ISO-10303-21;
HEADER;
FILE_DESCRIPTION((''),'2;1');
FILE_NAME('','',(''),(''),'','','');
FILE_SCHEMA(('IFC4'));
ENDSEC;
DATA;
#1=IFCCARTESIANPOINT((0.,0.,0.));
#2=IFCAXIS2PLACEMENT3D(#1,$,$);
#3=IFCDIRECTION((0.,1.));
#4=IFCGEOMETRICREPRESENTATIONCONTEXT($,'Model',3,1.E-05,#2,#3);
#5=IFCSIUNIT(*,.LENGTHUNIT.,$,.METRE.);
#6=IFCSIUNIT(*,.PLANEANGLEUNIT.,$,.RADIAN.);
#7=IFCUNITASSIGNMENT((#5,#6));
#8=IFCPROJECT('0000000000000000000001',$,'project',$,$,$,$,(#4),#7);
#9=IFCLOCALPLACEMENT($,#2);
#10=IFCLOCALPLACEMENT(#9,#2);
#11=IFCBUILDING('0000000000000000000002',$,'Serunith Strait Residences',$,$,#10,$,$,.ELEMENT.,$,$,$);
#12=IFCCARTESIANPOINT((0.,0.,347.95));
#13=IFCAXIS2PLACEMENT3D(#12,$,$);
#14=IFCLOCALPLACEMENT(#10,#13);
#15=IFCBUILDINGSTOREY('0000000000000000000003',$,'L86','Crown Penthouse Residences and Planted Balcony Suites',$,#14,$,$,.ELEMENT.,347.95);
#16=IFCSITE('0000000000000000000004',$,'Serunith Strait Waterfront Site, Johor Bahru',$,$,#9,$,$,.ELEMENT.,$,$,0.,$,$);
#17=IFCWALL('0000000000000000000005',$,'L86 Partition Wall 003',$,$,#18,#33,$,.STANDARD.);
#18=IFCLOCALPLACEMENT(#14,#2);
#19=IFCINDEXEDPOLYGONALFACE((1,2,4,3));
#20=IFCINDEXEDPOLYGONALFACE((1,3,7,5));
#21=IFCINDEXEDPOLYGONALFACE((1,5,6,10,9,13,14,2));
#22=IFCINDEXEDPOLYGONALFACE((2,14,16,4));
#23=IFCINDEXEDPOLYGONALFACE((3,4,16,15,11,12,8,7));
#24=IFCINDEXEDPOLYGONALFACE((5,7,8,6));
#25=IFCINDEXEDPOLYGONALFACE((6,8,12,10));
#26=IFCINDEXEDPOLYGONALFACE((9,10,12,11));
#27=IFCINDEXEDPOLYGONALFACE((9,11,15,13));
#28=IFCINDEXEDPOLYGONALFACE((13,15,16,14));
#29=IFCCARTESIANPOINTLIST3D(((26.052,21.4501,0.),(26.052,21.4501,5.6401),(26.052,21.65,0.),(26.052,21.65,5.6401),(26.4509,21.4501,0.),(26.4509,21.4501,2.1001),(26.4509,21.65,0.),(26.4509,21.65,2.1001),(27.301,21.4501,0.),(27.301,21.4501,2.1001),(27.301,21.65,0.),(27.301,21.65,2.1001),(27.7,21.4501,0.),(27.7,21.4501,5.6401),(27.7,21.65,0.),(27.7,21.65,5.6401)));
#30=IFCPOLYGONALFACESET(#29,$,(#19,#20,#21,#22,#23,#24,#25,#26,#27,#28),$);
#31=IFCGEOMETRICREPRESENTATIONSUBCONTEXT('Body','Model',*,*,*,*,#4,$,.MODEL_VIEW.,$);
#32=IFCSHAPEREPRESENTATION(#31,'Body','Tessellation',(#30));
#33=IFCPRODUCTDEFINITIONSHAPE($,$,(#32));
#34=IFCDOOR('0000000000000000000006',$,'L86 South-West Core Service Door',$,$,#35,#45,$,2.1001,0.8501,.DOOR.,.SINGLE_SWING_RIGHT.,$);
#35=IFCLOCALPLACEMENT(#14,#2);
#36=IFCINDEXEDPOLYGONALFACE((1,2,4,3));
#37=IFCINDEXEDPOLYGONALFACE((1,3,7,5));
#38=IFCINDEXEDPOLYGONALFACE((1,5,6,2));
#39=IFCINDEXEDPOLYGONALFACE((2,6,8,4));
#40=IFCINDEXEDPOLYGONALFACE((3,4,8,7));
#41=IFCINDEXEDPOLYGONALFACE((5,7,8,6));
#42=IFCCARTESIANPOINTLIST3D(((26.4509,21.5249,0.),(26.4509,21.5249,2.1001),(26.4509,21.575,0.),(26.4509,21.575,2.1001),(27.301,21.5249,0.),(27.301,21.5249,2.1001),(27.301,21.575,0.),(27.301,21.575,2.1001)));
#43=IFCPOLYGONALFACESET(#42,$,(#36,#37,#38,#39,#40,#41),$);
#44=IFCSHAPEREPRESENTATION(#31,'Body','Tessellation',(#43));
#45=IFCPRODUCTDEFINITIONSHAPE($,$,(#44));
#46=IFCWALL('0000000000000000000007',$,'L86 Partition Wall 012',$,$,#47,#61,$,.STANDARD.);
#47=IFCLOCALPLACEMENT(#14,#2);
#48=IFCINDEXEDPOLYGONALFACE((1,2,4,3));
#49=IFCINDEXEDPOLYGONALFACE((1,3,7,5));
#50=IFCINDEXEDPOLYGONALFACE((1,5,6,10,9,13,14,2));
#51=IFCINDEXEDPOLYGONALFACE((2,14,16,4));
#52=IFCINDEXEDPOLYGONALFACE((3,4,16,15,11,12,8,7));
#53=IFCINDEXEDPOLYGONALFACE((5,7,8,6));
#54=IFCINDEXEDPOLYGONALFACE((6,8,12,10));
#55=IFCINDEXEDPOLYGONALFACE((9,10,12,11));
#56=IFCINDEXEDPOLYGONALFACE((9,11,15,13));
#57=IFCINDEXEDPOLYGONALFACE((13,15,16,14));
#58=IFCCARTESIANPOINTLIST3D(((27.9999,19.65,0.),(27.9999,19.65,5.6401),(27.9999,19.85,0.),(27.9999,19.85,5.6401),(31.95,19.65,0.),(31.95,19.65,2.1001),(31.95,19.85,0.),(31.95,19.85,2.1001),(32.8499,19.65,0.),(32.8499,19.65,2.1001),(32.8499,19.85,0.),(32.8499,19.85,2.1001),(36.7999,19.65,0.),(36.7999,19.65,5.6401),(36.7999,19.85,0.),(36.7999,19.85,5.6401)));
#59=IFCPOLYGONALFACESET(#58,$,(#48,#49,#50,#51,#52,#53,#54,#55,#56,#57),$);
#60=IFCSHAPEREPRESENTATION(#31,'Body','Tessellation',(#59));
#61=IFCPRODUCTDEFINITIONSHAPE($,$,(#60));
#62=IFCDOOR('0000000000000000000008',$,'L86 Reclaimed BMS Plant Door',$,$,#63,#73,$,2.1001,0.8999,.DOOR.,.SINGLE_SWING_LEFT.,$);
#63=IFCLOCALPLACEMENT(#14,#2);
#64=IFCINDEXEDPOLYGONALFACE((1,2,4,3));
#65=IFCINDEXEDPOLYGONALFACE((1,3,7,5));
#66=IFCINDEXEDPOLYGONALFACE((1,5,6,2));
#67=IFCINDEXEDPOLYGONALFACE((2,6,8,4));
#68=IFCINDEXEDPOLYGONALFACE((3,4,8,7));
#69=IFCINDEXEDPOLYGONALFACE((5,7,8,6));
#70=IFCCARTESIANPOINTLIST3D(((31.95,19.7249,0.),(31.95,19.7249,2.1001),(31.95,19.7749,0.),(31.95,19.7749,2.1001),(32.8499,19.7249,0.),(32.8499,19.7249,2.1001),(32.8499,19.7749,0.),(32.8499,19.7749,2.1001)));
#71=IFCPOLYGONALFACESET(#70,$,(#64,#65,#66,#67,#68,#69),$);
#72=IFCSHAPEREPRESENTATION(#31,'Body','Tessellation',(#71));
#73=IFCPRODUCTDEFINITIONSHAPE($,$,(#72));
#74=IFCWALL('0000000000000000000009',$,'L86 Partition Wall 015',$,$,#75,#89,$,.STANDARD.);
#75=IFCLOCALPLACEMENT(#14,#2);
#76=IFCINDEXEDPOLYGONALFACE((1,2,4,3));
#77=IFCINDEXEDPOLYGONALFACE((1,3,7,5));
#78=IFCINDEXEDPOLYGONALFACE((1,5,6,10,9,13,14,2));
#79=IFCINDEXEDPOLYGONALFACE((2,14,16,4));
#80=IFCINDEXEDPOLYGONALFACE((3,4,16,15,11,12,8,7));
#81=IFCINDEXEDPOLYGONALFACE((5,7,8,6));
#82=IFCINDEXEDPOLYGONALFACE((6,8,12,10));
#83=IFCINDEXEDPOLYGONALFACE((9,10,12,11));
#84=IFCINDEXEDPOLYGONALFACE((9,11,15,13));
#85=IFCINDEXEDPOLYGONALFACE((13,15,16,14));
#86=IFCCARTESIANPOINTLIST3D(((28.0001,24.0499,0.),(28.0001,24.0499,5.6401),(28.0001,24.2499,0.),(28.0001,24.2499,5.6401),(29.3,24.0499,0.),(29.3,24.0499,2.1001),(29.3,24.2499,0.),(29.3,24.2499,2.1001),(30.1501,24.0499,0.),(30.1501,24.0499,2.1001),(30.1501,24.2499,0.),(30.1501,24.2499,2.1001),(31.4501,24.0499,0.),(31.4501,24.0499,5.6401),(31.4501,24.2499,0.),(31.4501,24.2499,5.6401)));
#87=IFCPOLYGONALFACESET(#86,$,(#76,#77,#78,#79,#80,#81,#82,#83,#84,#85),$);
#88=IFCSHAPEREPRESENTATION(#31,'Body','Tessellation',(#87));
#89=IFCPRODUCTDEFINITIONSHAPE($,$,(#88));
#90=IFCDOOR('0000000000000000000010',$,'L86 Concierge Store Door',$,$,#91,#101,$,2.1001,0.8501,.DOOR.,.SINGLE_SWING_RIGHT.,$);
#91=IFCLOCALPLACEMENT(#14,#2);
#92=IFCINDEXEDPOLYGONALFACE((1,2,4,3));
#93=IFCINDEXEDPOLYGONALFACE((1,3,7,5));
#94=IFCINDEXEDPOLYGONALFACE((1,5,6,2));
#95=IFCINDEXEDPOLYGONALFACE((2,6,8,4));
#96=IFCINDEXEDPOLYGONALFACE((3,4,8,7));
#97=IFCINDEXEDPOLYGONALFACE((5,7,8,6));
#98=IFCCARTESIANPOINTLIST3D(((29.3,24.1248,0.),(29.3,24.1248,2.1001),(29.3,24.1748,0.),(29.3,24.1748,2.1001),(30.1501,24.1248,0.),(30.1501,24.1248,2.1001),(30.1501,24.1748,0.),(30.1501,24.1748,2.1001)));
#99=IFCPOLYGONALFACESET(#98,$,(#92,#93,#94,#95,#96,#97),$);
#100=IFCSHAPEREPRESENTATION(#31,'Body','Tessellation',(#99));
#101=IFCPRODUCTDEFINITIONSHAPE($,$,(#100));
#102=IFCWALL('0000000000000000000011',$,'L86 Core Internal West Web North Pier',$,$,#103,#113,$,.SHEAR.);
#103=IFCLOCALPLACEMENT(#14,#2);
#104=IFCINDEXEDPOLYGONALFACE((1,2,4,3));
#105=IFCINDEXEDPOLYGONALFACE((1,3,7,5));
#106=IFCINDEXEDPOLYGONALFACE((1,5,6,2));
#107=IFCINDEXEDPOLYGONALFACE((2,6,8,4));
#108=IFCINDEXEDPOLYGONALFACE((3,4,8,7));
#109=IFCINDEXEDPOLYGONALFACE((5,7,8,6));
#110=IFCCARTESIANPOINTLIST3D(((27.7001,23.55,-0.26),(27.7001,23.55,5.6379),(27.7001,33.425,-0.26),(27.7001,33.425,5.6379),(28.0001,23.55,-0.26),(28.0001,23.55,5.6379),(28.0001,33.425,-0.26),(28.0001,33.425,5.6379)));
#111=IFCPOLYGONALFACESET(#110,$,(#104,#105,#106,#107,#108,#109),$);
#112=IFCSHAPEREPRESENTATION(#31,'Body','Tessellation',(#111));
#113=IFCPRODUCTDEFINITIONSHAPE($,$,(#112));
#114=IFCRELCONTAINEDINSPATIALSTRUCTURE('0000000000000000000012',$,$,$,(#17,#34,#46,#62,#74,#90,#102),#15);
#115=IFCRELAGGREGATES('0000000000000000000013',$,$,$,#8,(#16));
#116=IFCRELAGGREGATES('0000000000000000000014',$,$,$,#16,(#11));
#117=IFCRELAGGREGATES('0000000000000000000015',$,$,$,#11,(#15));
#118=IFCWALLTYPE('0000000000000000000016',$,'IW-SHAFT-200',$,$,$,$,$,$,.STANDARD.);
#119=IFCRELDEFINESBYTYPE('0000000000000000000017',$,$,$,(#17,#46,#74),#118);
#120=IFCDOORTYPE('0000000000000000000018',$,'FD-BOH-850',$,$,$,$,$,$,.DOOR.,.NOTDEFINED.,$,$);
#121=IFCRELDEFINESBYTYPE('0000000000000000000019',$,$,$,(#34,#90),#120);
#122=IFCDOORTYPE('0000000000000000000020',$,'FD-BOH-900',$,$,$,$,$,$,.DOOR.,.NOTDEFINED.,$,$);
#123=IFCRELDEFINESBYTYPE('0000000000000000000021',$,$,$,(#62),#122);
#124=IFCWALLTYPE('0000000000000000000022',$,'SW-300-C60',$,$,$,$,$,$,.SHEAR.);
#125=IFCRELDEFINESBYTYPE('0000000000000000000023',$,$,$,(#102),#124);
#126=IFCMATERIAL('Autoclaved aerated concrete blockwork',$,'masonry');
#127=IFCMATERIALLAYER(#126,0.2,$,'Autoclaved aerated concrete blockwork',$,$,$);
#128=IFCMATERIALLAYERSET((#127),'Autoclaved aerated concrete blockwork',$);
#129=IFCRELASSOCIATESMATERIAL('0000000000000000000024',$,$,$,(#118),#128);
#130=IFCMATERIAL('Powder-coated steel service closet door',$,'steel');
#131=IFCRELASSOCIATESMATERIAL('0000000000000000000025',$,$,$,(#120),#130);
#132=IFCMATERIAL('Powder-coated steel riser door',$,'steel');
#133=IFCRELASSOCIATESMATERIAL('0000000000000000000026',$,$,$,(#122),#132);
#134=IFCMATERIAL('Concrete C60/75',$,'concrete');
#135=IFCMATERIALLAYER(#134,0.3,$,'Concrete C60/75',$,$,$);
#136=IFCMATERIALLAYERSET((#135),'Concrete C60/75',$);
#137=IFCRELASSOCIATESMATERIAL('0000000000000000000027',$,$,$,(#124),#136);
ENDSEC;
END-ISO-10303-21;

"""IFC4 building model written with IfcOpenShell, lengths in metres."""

from ifc_helpers import new_model, si_unit, direction, frame, frame_2d, origin, place, context, subcontext, project, spatial, rectangle, extrude, source, transform, mapped, material, layer, layer_set, type_object, element, fill, save


model = new_model("IFC4")

# Units and contexts
model_context = context("Model", 3, precision=1e-05, world=origin(), true_north=direction((0.0, 1.0)))
body_context = subcontext(model_context, "Body", "Model", "MODEL_VIEW")
ifc_project = project(units=[si_unit("LENGTHUNIT", "METRE"), si_unit("PLANEANGLEUNIT", "RADIAN")], contexts=[model_context])

# Site, building, storey
site_placement = place(None, origin())
site = spatial("IfcSite", under=ifc_project, at=site_placement, Name="Serunith Strait Waterfront Site, Johor Bahru", CompositionType="ELEMENT", RefElevation=0.0)
building_placement = place(site_placement, origin())
building = spatial("IfcBuilding", under=site, at=building_placement, Name="Serunith Strait Residences", CompositionType="ELEMENT")
storey_placement = place(building_placement, frame((0.0, 0.0, 347.95)))
storey = spatial("IfcBuildingStorey", under=building, at=storey_placement, Name="L86", Description="Crown Penthouse Residences and Planted Balcony Suites", CompositionType="ELEMENT", Elevation=347.95)

# Walls, openings, doors
shared_shape_1 = source(origin(), body_context, "Body", "SweptSolid", [
    extrude(rectangle(XDim=0.8501, YDim=2.1001, at=frame_2d((0.425, 1.05))), frame((0.0, 0.0249, 0.0), z_axis=(0.0, -1.0, 0.0), x_axis=(1.0, 0.0, 0.0)), (0.0, 0.0, 1.0), 0.05),
])
ifc_material_1 = material(Name="Autoclaved aerated concrete blockwork", Category="masonry")
ifc_layer_1 = layer(ifc_material_1, 0.2, Name="Autoclaved aerated concrete blockwork")
ifc_layer_set_1 = layer_set([ifc_layer_1], Name="Autoclaved aerated concrete blockwork")
wall_type_1 = type_object("IfcWallType", Name="IW-SHAFT-200", PredefinedType="STANDARD", material=ifc_layer_set_1)
wall_1_placement = place(storey_placement, frame((26.052, 21.55, 0.0), z_axis=(0.0, 0.0, 1.0), x_axis=(1.0, 0.0, 0.0)))
wall_1 = element("IfcWall", 1, at=wall_1_placement, inside=storey, type_object=wall_type_1, Name="L86 Partition Wall 003", PredefinedType="STANDARD", context=body_context, shape_type="SweptSolid", body=[
    extrude(rectangle(XDim=1.6479, YDim=0.2, at=frame_2d((0.824, 0.0))), origin(), (0.0, 0.0, 1.0), 5.6401),
])
opening_1_placement = place(wall_1_placement, frame((0.3989, 0.0, 0.0)))
opening_1 = element("IfcOpeningElement", 2, at=opening_1_placement, cuts=wall_1, PredefinedType="OPENING", context=body_context, shape_type="SweptSolid", body=[
    extrude(rectangle(XDim=0.8501, YDim=2.1001, at=frame_2d((0.425, 1.05))), frame((0.0, 0.1099, 0.0), z_axis=(0.0, -1.0, 0.0), x_axis=(1.0, 0.0, 0.0)), (0.0, 0.0, 1.0), 0.22),
])
ifc_material_2 = material(Name="Powder-coated steel service closet door", Category="steel")
door_type_1 = type_object("IfcDoorType", Name="FD-BOH-850", OperationType="NOTDEFINED", PredefinedType="DOOR", material=ifc_material_2)
door_1_placement = place(opening_1_placement, origin())
door_1 = element("IfcDoor", 3, at=door_1_placement, inside=storey, type_object=door_type_1, Name="L86 South-West Core Service Door", OperationType="SINGLE_SWING_RIGHT", OverallHeight=2.1001, OverallWidth=0.8501, PredefinedType="DOOR", context=body_context, shape_type="MappedRepresentation", body=[
    mapped(shared_shape_1, transform((0.0, 0.0, 0.0), scale=1.0)),
])
fill(opening_1, door_1)
wall_2_placement = place(storey_placement, frame((28.0, 19.75, 0.0), z_axis=(0.0, 0.0, 1.0), x_axis=(1.0, 0.0, 0.0)))
wall_2 = element("IfcWall", 4, at=wall_2_placement, inside=storey, type_object=wall_type_1, Name="L86 Partition Wall 012", PredefinedType="STANDARD", context=body_context, shape_type="SweptSolid", body=[
    extrude(rectangle(XDim=8.8, YDim=0.2, at=frame_2d((4.3999, 0.0))), origin(), (0.0, 0.0, 1.0), 5.6401),
])
opening_2_placement = place(wall_2_placement, frame((3.95, 0.0, 0.0)))
opening_2 = element("IfcOpeningElement", 5, at=opening_2_placement, cuts=wall_2, PredefinedType="OPENING", context=body_context, shape_type="SweptSolid", body=[
    extrude(rectangle(XDim=0.8999, YDim=2.1001, at=frame_2d((0.45, 1.05))), frame((0.0, 0.1099, 0.0), z_axis=(0.0, -1.0, 0.0), x_axis=(1.0, 0.0, 0.0)), (0.0, 0.0, 1.0), 0.22),
])
ifc_material_3 = material(Name="Powder-coated steel riser door", Category="steel")
door_type_2 = type_object("IfcDoorType", Name="FD-BOH-900", OperationType="NOTDEFINED", PredefinedType="DOOR", material=ifc_material_3)
shared_shape_2 = source(origin(), body_context, "Body", "SweptSolid", [
    extrude(rectangle(XDim=0.8999, YDim=2.1001, at=frame_2d((0.45, 1.05))), frame((0.0, 0.0249, 0.0), z_axis=(0.0, -1.0, 0.0), x_axis=(1.0, 0.0, 0.0)), (0.0, 0.0, 1.0), 0.05),
])
door_2_placement = place(opening_2_placement, origin())
door_2 = element("IfcDoor", 6, at=door_2_placement, inside=storey, type_object=door_type_2, Name="L86 Reclaimed BMS Plant Door", OperationType="SINGLE_SWING_LEFT", OverallHeight=2.1001, OverallWidth=0.8999, PredefinedType="DOOR", context=body_context, shape_type="MappedRepresentation", body=[
    mapped(shared_shape_2, transform((0.0, 0.0, 0.0), scale=1.0)),
])
fill(opening_2, door_2)
wall_3_placement = place(storey_placement, frame((28.0, 24.1499, 0.0), z_axis=(0.0, 0.0, 1.0), x_axis=(1.0, 0.0, 0.0)))
wall_3 = element("IfcWall", 7, at=wall_3_placement, inside=storey, type_object=wall_type_1, Name="L86 Partition Wall 015", PredefinedType="STANDARD", context=body_context, shape_type="SweptSolid", body=[
    extrude(rectangle(XDim=3.45, YDim=0.2, at=frame_2d((1.7251, 0.0))), origin(), (0.0, 0.0, 1.0), 5.6401),
])
opening_3_placement = place(wall_3_placement, frame((1.3, 0.0, 0.0)))
opening_3 = element("IfcOpeningElement", 8, at=opening_3_placement, cuts=wall_3, PredefinedType="OPENING", context=body_context, shape_type="SweptSolid", body=[
    extrude(rectangle(XDim=0.8501, YDim=2.1001, at=frame_2d((0.425, 1.05))), frame((0.0, 0.1099, 0.0), z_axis=(0.0, -1.0, 0.0), x_axis=(1.0, 0.0, 0.0)), (0.0, 0.0, 1.0), 0.22),
])
door_3_placement = place(opening_3_placement, origin())
door_3 = element("IfcDoor", 9, at=door_3_placement, inside=storey, type_object=door_type_1, Name="L86 Concierge Store Door", OperationType="SINGLE_SWING_RIGHT", OverallHeight=2.1001, OverallWidth=0.8501, PredefinedType="DOOR", context=body_context, shape_type="MappedRepresentation", body=[
    mapped(shared_shape_1, transform((0.0, 0.0, 0.0), scale=1.0)),
])
fill(opening_3, door_3)

# Wall
ifc_material_4 = material(Name="Concrete C60/75", Category="concrete")
ifc_layer_2 = layer(ifc_material_4, 0.3, Name="Concrete C60/75")
ifc_layer_set_2 = layer_set([ifc_layer_2], Name="Concrete C60/75")
wall_type_2 = type_object("IfcWallType", Name="SW-300-C60", PredefinedType="SHEAR", material=ifc_layer_set_2)
wall_4_placement = place(storey_placement, frame((27.8501, 23.55, -0.26), z_axis=(0.0, 0.0, 1.0), x_axis=(0.0, 1.0, 0.0)))
element("IfcWall", 10, at=wall_4_placement, inside=storey, type_object=wall_type_2, Name="L86 Core Internal West Web North Pier", PredefinedType="SHEAR", context=body_context, shape_type="SweptSolid", body=[
    extrude(rectangle(XDim=9.875, YDim=0.3, at=frame_2d((4.9375, 0.0))), origin(), (0.0, 0.0, 1.0), 5.8979),
])

save(model, "model.ifc")
